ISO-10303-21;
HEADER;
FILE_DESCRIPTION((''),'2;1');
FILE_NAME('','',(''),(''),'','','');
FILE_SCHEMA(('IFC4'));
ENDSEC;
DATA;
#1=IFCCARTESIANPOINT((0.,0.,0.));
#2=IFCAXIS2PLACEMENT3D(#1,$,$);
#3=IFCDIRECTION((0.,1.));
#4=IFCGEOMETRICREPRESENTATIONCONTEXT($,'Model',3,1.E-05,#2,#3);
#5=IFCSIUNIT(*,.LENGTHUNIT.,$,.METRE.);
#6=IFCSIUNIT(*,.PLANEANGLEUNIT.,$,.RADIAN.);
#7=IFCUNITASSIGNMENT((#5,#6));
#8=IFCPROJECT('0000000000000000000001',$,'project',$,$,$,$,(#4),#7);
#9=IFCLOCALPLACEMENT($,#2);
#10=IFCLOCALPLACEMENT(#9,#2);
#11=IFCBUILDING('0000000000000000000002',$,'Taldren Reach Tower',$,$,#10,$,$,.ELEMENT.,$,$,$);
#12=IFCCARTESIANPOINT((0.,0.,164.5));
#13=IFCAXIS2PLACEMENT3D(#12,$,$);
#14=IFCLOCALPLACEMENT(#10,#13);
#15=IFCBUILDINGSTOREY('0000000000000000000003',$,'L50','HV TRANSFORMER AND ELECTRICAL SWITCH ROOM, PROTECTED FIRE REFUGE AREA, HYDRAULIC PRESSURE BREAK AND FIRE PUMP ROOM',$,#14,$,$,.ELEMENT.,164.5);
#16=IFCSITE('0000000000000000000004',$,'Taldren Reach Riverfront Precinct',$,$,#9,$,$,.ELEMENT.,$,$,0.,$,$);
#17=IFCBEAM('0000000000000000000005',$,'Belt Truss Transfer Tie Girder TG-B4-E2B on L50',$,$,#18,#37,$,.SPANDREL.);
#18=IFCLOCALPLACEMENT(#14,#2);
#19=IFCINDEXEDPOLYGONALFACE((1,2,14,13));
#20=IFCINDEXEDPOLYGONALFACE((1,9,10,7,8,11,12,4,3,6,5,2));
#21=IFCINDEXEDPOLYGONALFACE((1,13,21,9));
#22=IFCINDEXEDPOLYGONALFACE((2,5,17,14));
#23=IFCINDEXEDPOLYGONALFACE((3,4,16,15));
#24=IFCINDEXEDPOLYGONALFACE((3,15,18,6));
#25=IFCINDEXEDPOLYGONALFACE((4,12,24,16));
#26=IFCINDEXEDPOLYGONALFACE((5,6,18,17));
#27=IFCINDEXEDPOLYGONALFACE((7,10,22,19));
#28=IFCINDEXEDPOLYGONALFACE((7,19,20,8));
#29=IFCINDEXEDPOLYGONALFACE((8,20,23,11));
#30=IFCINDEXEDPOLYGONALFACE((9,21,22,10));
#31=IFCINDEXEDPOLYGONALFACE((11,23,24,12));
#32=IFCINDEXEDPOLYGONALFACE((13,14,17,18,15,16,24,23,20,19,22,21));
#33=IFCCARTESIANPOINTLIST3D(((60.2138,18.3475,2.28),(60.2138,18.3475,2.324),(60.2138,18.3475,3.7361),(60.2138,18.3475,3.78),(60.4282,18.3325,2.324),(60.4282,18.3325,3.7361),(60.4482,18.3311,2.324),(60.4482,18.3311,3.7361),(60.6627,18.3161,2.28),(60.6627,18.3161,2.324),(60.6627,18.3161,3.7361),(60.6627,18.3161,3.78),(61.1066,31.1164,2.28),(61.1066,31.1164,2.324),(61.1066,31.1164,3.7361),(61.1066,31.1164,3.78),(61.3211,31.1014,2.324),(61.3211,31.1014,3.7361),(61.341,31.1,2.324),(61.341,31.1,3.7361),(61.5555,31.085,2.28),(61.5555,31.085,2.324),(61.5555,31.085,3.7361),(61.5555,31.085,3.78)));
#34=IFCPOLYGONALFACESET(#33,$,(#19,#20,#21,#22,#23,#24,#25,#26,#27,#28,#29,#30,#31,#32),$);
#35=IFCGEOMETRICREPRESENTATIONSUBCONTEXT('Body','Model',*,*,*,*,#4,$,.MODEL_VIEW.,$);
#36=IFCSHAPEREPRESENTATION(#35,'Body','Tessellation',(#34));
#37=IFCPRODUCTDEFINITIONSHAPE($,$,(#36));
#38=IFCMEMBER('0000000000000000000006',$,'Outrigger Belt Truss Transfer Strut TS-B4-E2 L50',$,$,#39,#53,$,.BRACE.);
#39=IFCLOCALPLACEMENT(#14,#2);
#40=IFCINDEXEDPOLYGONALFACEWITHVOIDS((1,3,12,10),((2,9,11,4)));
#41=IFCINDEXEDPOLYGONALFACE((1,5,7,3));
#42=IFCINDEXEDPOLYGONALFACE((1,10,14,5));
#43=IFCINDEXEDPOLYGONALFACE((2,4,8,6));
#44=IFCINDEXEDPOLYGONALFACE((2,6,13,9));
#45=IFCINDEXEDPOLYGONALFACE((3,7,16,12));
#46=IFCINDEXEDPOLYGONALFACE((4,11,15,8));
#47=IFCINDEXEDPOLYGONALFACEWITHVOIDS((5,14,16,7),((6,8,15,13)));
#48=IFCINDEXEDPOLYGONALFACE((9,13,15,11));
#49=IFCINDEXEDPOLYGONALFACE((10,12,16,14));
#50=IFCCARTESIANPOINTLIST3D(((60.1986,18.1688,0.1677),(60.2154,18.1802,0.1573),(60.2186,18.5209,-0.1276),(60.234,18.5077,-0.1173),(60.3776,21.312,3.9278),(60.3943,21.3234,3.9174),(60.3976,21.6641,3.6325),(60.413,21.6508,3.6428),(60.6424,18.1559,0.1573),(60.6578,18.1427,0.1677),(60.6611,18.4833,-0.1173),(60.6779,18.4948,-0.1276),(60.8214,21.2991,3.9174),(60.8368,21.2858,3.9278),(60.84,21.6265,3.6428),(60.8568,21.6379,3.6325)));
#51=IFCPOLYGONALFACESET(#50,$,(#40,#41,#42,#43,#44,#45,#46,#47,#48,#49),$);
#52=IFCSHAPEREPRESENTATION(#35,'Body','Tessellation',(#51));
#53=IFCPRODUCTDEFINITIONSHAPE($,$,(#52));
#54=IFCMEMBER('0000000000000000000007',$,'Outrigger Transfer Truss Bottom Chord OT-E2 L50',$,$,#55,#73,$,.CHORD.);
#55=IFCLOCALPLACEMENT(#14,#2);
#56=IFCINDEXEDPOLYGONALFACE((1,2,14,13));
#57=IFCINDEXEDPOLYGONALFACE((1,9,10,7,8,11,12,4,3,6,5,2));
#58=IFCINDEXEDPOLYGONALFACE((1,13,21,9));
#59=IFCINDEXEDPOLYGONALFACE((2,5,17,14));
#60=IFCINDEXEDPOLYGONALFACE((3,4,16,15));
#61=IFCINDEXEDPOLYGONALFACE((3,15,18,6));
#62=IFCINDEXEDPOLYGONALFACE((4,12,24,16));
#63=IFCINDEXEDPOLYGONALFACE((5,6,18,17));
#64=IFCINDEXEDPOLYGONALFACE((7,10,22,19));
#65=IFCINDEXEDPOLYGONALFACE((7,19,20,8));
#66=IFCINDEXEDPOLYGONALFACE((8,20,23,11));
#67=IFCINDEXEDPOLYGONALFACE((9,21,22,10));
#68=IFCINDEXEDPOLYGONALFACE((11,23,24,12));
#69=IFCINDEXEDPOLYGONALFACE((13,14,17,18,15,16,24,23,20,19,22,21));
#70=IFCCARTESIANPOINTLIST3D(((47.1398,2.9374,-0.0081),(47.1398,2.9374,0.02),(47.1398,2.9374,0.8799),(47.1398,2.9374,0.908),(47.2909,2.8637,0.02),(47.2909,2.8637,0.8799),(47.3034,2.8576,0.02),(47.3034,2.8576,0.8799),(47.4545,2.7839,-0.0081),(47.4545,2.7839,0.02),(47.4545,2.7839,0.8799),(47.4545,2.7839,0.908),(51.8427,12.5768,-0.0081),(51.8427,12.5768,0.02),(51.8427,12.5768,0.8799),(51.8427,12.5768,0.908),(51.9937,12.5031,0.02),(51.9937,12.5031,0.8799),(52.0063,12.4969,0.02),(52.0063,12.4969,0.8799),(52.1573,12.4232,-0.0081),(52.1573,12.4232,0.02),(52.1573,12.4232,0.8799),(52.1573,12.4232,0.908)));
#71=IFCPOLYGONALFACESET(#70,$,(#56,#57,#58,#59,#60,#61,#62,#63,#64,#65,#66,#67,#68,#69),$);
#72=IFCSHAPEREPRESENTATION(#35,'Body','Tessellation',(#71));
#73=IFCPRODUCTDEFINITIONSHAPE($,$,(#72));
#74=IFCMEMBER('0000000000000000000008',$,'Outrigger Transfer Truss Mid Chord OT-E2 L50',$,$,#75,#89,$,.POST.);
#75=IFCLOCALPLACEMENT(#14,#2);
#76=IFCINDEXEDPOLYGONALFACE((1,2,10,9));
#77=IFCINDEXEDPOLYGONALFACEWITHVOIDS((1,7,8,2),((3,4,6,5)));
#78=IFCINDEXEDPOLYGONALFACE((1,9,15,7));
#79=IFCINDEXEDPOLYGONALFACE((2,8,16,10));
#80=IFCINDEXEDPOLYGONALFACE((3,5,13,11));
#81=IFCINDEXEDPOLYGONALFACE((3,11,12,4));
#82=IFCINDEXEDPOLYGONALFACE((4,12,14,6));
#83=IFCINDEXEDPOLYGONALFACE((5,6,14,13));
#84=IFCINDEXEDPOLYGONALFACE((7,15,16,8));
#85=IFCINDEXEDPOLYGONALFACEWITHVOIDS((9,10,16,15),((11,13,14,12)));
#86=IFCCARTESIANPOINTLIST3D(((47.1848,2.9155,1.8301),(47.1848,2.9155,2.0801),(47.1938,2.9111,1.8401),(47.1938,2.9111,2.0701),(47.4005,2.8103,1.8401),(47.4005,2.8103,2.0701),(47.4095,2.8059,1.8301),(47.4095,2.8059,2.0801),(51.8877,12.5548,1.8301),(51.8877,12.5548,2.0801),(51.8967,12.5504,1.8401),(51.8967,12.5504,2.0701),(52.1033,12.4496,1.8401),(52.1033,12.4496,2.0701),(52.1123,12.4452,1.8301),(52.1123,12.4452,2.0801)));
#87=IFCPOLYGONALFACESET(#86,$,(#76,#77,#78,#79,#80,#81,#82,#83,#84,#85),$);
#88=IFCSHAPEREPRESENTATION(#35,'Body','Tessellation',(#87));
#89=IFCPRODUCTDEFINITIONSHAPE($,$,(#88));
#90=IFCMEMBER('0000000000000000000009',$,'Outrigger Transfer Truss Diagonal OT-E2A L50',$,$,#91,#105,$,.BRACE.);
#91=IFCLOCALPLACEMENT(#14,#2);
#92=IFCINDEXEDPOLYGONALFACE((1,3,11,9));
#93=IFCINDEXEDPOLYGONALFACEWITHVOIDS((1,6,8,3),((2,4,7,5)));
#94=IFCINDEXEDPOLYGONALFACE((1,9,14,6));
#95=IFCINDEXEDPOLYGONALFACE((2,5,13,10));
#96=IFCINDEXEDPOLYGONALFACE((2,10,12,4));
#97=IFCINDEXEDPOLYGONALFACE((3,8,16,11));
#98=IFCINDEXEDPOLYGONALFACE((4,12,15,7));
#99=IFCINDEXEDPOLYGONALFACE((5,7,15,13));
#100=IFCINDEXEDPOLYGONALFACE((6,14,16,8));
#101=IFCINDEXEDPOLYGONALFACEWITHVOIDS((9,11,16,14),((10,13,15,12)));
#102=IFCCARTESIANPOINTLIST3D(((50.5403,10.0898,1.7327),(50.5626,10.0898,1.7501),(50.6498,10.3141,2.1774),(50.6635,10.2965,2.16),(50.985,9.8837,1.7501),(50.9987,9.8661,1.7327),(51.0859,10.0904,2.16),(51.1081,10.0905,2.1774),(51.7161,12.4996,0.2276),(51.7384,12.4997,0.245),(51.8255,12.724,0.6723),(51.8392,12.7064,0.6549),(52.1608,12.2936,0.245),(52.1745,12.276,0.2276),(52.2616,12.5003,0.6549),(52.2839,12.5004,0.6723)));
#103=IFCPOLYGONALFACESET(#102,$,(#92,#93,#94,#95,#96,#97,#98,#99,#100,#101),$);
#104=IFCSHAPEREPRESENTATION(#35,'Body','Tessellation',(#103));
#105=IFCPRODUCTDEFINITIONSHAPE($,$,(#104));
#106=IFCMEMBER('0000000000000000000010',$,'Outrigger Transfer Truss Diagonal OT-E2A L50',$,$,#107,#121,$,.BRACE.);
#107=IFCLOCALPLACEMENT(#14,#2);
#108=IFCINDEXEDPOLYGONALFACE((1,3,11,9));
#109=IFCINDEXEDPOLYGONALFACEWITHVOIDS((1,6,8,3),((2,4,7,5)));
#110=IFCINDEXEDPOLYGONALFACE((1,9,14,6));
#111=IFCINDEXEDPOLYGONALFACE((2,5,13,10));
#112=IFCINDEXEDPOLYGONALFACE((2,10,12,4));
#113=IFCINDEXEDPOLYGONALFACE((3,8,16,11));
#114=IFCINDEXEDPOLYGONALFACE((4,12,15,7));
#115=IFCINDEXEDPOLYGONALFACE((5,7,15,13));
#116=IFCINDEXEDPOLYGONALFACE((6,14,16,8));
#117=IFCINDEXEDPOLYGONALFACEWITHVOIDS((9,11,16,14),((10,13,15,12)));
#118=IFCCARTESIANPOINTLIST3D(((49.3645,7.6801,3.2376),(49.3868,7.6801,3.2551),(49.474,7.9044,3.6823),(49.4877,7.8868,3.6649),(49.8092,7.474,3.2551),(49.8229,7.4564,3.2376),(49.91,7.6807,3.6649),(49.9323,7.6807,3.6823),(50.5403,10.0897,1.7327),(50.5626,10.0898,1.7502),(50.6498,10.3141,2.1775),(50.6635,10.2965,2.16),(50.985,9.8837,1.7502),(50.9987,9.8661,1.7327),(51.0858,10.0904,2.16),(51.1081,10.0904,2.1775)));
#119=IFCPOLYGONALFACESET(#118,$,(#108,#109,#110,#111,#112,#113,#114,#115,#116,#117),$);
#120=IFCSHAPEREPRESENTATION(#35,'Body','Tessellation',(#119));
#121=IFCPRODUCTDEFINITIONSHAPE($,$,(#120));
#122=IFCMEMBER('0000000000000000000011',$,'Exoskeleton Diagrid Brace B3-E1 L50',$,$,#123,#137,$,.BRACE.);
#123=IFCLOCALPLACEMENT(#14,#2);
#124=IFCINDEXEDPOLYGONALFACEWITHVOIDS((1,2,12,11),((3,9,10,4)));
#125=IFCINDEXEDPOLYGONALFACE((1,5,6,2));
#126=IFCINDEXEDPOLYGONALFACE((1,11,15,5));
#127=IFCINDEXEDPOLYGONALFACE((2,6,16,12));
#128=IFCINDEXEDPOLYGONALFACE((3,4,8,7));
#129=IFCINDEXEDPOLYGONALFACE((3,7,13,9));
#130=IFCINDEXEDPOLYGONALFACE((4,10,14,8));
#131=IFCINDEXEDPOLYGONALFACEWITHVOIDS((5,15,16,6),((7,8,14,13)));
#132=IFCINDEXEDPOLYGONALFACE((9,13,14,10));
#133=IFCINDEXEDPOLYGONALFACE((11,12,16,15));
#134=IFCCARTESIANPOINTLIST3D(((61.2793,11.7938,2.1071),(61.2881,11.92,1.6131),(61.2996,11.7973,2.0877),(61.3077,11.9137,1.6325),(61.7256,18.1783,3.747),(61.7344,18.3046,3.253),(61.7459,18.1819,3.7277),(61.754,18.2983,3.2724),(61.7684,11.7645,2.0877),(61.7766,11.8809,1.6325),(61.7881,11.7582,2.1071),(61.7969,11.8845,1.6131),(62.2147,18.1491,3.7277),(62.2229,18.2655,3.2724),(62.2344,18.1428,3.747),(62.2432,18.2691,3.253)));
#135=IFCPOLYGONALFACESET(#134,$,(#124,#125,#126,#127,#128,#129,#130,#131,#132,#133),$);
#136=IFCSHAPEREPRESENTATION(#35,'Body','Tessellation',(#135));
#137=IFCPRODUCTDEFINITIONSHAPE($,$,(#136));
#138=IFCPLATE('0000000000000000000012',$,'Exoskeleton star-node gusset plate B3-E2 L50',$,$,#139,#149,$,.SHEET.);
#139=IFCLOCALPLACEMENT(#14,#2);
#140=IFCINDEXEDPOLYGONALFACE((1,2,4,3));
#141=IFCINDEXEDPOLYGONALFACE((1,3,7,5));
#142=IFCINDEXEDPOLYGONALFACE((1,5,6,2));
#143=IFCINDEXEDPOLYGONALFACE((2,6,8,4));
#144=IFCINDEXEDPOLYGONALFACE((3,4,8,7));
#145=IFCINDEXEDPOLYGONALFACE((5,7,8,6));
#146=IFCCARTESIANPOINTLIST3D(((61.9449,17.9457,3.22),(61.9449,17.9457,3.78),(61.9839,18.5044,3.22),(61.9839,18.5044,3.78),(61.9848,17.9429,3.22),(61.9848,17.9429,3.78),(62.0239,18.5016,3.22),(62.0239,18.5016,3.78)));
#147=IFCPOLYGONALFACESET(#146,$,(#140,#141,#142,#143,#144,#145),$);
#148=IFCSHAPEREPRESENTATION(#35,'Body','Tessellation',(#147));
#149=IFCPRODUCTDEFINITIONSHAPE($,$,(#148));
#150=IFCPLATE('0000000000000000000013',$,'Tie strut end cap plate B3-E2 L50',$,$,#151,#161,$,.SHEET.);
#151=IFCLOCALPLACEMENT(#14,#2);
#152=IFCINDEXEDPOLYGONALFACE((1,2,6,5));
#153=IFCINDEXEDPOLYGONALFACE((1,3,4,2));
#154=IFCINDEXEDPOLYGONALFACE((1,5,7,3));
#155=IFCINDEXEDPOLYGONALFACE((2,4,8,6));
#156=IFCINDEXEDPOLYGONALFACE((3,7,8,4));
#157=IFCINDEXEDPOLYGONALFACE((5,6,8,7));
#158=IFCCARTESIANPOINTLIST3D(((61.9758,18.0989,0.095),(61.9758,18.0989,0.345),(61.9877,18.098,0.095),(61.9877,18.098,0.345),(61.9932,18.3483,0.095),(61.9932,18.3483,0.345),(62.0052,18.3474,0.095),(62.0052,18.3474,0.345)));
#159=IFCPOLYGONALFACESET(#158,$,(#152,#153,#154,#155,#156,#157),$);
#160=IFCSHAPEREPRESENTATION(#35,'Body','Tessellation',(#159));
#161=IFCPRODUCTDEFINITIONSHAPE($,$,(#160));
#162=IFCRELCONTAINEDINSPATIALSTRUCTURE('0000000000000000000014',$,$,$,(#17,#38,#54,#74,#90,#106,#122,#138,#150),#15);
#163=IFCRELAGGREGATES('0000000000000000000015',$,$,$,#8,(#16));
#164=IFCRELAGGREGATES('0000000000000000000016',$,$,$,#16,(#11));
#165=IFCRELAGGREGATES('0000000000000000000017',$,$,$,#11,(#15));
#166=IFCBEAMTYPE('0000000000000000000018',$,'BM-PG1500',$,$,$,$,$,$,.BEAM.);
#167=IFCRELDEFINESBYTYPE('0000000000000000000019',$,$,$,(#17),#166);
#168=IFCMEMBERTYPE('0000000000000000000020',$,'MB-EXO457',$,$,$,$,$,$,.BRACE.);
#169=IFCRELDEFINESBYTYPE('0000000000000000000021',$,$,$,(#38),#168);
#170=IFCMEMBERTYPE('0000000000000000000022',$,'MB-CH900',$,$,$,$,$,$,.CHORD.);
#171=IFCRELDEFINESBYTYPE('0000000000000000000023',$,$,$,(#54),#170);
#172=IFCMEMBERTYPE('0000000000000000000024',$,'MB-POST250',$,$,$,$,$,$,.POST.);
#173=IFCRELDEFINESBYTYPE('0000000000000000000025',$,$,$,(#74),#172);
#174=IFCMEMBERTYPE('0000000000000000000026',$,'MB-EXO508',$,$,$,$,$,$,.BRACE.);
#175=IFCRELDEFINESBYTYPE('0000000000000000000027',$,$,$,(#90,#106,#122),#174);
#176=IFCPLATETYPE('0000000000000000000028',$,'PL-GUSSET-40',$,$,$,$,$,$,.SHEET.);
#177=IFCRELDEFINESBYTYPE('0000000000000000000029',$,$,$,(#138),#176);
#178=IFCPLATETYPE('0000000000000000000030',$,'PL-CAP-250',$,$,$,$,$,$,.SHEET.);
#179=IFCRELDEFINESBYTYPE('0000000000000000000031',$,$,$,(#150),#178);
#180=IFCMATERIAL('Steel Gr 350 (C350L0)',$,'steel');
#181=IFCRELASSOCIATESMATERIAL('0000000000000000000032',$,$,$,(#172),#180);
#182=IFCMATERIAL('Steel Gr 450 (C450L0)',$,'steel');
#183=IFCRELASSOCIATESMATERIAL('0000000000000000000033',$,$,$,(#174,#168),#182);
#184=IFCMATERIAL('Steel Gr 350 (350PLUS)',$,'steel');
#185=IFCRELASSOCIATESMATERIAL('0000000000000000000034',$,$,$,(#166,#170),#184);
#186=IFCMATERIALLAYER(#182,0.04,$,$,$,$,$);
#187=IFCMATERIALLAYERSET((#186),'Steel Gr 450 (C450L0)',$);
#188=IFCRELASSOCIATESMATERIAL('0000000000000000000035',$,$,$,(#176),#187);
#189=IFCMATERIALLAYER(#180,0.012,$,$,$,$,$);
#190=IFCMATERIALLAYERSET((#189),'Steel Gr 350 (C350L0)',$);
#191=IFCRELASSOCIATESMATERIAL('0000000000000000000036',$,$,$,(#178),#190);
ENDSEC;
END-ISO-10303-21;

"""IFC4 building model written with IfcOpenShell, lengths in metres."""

from ifc_helpers import new_model, si_unit, direction, frame, origin, origin_2d, place, context, subcontext, project, spatial, rectangle, hollow_rectangle, i_section, extrude, source, transform, mapped, material, layer, layer_set, material_profile, profile_set, type_object, element, save


model = new_model("IFC4")

# Units and contexts
model_context = context("Model", 3, precision=1e-05, world=origin(), true_north=direction((0.0, 1.0)))
body_context = subcontext(model_context, "Body", "Model", "MODEL_VIEW")
ifc_project = project(units=[si_unit("LENGTHUNIT", "METRE"), si_unit("PLANEANGLEUNIT", "RADIAN")], contexts=[model_context])

# Site, building, storey
site_placement = place(None, origin())
site = spatial("IfcSite", under=ifc_project, at=site_placement, Name="Taldren Reach Riverfront Precinct", CompositionType="ELEMENT", RefElevation=0.0)
building_placement = place(site_placement, origin())
building = spatial("IfcBuilding", under=site, at=building_placement, Name="Taldren Reach Tower", CompositionType="ELEMENT")
storey_placement = place(building_placement, frame((0.0, 0.0, 164.5)))
storey = spatial("IfcBuildingStorey", under=building, at=storey_placement, Name="L50", Description="HV TRANSFORMER AND ELECTRICAL SWITCH ROOM, PROTECTED FIRE REFUGE AREA, HYDRAULIC PRESSURE BREAK AND FIRE PUMP ROOM", CompositionType="ELEMENT", Elevation=164.5)

# Shared definitions
ifc_material_1 = material(Name="Steel Gr 350 (350PLUS)", Category="steel")

# Shared definitions
ifc_material_2 = material(Name="Steel Gr 450 (C450L0)", Category="steel")
ifc_material_3 = material(Name="Steel Gr 350 (C350L0)", Category="steel")
ifc_material_profile_1 = material_profile(ifc_material_3, hollow_rectangle(XDim=0.25, YDim=0.25, WallThickness=0.01, at=origin_2d()), Name="250x250x10.0SHS")
ifc_profile_set_1 = profile_set([ifc_material_profile_1], Name="Steel Gr 350 (C350L0)")
member_type_1 = type_object("IfcMemberType", Name="MB-POST250", PredefinedType="POST", material=ifc_profile_set_1)
ifc_material_profile_2 = material_profile(ifc_material_2, hollow_rectangle(XDim=0.51, YDim=0.51, WallThickness=0.02, at=origin_2d()), Name="510x510x20.0SHS")
ifc_profile_set_2 = profile_set([ifc_material_profile_2], Name="Steel Gr 450 (C450L0)")
member_type_2 = type_object("IfcMemberType", Name="MB-EXO508", PredefinedType="BRACE", material=ifc_profile_set_2)

# Shared definitions
ifc_material_profile_3 = material_profile(ifc_material_1, i_section(OverallWidth=0.45, OverallDepth=1.5, WebThickness=0.02, FlangeThickness=0.0439, at=origin_2d()), Name="1500WB550")
ifc_profile_set_3 = profile_set([ifc_material_profile_3], Name="Steel Gr 350 (350PLUS)")
beam_type_1 = type_object("IfcBeamType", Name="BM-PG1500", PredefinedType="BEAM", material=ifc_profile_set_3)

# Beam
shared_shape_1 = source(origin(), body_context, "Body", "SweptSolid", [
    extrude(i_section(OverallWidth=0.45, OverallDepth=1.5, WebThickness=0.02, FlangeThickness=0.0439, at=origin_2d()), origin(), (0.0, 0.0, 1.0), 12.8),
])
beam_1_placement = place(storey_placement, frame((60.4382, 18.3318, 3.03), z_axis=(0.069752, 0.997564, 0.0), x_axis=(-0.997564, 0.069752, 0.0)))
element("IfcBeam", 1, at=beam_1_placement, inside=storey, type_object=beam_type_1, Name="Belt Truss Transfer Tie Girder TG-B4-E2B on L50", PredefinedType="SPANDREL", context=body_context, shape_type="MappedRepresentation", body=[
    mapped(shared_shape_1, transform((0.0, 0.0, 0.0), scale=1.0)),
])

# Members
ifc_material_profile_4 = material_profile(ifc_material_2, hollow_rectangle(XDim=0.46, YDim=0.46, WallThickness=0.0161, at=origin_2d()), Name="460x460x16.0SHS")
ifc_profile_set_4 = profile_set([ifc_material_profile_4], Name="Steel Gr 450 (C450L0)")
member_type_3 = type_object("IfcMemberType", Name="MB-EXO457", PredefinedType="BRACE", material=ifc_profile_set_4)
shared_shape_2 = source(origin(), body_context, "Body", "SweptSolid", [
    extrude(hollow_rectangle(XDim=0.46, YDim=0.46, WallThickness=0.0161, at=origin_2d()), origin(), (0.0, 0.0, 1.0), 4.9041),
])
member_1_placement = place(storey_placement, frame((60.4382, 18.3318, 0.02), z_axis=(0.036492, 0.640928, 0.766733), x_axis=(-0.998383, 0.056844, 0.0)))
element("IfcMember", 2, at=member_1_placement, inside=storey, type_object=member_type_3, Name="Outrigger Belt Truss Transfer Strut TS-B4-E2 L50", PredefinedType="BRACE", context=body_context, shape_type="MappedRepresentation", body=[
    mapped(shared_shape_2, transform((0.0, 0.0, 0.0), scale=1.0)),
])
ifc_material_profile_5 = material_profile(ifc_material_1, i_section(OverallWidth=0.3501, OverallDepth=0.916, WebThickness=0.0139, FlangeThickness=0.0281, at=origin_2d()), Name="900WB257")
ifc_profile_set_5 = profile_set([ifc_material_profile_5], Name="Steel Gr 350 (350PLUS)")
member_type_4 = type_object("IfcMemberType", Name="MB-CH900", PredefinedType="CHORD", material=ifc_profile_set_5)
shared_shape_3 = source(origin(), body_context, "Body", "SweptSolid", [
    extrude(i_section(OverallWidth=0.3501, OverallDepth=0.916, WebThickness=0.0139, FlangeThickness=0.0281, at=origin_2d()), origin(), (0.0, 0.0, 1.0), 10.7253),
])
member_2_placement = place(storey_placement, frame((52.0, 12.5, 0.45), z_axis=(-0.438479, -0.898742, 0.0), x_axis=(0.898742, -0.438479, 0.0)))
element("IfcMember", 3, at=member_2_placement, inside=storey, type_object=member_type_4, Name="Outrigger Transfer Truss Bottom Chord OT-E2 L50", PredefinedType="CHORD", context=body_context, shape_type="MappedRepresentation", body=[
    mapped(shared_shape_3, transform((0.0, 0.0, 0.0), scale=1.0)),
])
shared_shape_4 = source(origin(), body_context, "Body", "SweptSolid", [
    extrude(hollow_rectangle(XDim=0.25, YDim=0.25, WallThickness=0.01, at=origin_2d()), origin(), (0.0, 0.0, 1.0), 10.7253),
])
member_3_placement = place(storey_placement, frame((52.0, 12.5, 1.9551), z_axis=(-0.438479, -0.898742, 0.0), x_axis=(0.898742, -0.438479, 0.0)))
element("IfcMember", 4, at=member_3_placement, inside=storey, type_object=member_type_1, Name="Outrigger Transfer Truss Mid Chord OT-E2 L50", PredefinedType="POST", context=body_context, shape_type="MappedRepresentation", body=[
    mapped(shared_shape_4, transform((0.0, 0.0, 0.0), scale=1.0)),
])
shared_shape_5 = source(origin(), body_context, "Body", "SweptSolid", [
    extrude(hollow_rectangle(XDim=0.51, YDim=0.51, WallThickness=0.02, at=origin_2d()), origin(), (0.0, 0.0, 1.0), 3.075),
])
member_4_placement = place(storey_placement, frame((52.0, 12.5, 0.45), z_axis=(-0.38237, -0.783715, 0.489474), x_axis=(0.898737, -0.438488, 0.0)))
element("IfcMember", 5, at=member_4_placement, inside=storey, type_object=member_type_2, Name="Outrigger Transfer Truss Diagonal OT-E2A L50", PredefinedType="BRACE", context=body_context, shape_type="MappedRepresentation", body=[
    mapped(shared_shape_5, transform((0.0, 0.0, 0.0), scale=1.0)),
])
shared_shape_6 = source(origin(), body_context, "Body", "SweptSolid", [
    extrude(hollow_rectangle(XDim=0.51, YDim=0.51, WallThickness=0.02, at=origin_2d()), origin(), (0.0, 0.0, 1.0), 3.0747),
])
member_5_placement = place(storey_placement, frame((50.8242, 10.0901, 1.9551), z_axis=(-0.382408, -0.783714, 0.489444), x_axis=(0.898719, -0.438524, 0.0)))
element("IfcMember", 6, at=member_5_placement, inside=storey, type_object=member_type_2, Name="Outrigger Transfer Truss Diagonal OT-E2A L50", PredefinedType="BRACE", context=body_context, shape_type="MappedRepresentation", body=[
    mapped(shared_shape_6, transform((0.0, 0.0, 0.0), scale=1.0)),
])
shared_shape_7 = source(origin(), body_context, "Body", "SweptSolid", [
    extrude(hollow_rectangle(XDim=0.51, YDim=0.51, WallThickness=0.02, at=origin_2d()), origin(), (0.0, 0.0, 1.0), 6.6069),
])
member_6_placement = place(storey_placement, frame((61.5381, 11.8391, 1.8601), z_axis=(0.067549, 0.966348, 0.248211), x_axis=(-0.997566, 0.069732, 0.0)))
element("IfcMember", 7, at=member_6_placement, inside=storey, type_object=member_type_2, Name="Exoskeleton Diagrid Brace B3-E1 L50", PredefinedType="BRACE", context=body_context, shape_type="MappedRepresentation", body=[
    mapped(shared_shape_7, transform((0.0, 0.0, 0.0), scale=1.0)),
])

# Plates
ifc_layer_1 = layer(ifc_material_2, 0.04)
ifc_layer_set_1 = layer_set([ifc_layer_1], Name="Steel Gr 450 (C450L0)")
plate_type_1 = type_object("IfcPlateType", Name="PL-GUSSET-40", PredefinedType="SHEET", material=ifc_layer_set_1)
shared_shape_8 = source(origin(), body_context, "Body", "SweptSolid", [
    extrude(rectangle(XDim=0.5601, YDim=0.04, at=origin_2d()), origin(), (0.0, 0.0, 1.0), 0.5601),
])
plate_1_placement = place(storey_placement, frame((61.9844, 18.2236, 3.22), z_axis=(0.0, 0.0, 1.0), x_axis=(0.069756, 0.997564, 0.0)))
element("IfcPlate", 8, at=plate_1_placement, inside=storey, type_object=plate_type_1, Name="Exoskeleton star-node gusset plate B3-E2 L50", PredefinedType="SHEET", context=body_context, shape_type="MappedRepresentation", body=[
    mapped(shared_shape_8, transform((0.0, 0.0, 0.0), scale=1.0)),
])
ifc_layer_2 = layer(ifc_material_3, 0.012)
ifc_layer_set_2 = layer_set([ifc_layer_2], Name="Steel Gr 350 (C350L0)")
plate_type_2 = type_object("IfcPlateType", Name="PL-CAP-250", PredefinedType="SHEET", material=ifc_layer_set_2)
shared_shape_9 = source(origin(), body_context, "Body", "SweptSolid", [
    extrude(rectangle(XDim=0.012, YDim=0.25, at=origin_2d()), origin(), (0.0, 0.0, 1.0), 0.25),
])
plate_2_placement = place(storey_placement, frame((61.9905, 18.2231, 0.095), z_axis=(0.0, 0.0, 1.0), x_axis=(0.997564, -0.069756, 0.0)))
element("IfcPlate", 9, at=plate_2_placement, inside=storey, type_object=plate_type_2, Name="Tie strut end cap plate B3-E2 L50", PredefinedType="SHEET", context=body_context, shape_type="MappedRepresentation", body=[
    mapped(shared_shape_9, transform((0.0, 0.0, 0.0), scale=1.0)),
])

save(model, "model.ifc")
